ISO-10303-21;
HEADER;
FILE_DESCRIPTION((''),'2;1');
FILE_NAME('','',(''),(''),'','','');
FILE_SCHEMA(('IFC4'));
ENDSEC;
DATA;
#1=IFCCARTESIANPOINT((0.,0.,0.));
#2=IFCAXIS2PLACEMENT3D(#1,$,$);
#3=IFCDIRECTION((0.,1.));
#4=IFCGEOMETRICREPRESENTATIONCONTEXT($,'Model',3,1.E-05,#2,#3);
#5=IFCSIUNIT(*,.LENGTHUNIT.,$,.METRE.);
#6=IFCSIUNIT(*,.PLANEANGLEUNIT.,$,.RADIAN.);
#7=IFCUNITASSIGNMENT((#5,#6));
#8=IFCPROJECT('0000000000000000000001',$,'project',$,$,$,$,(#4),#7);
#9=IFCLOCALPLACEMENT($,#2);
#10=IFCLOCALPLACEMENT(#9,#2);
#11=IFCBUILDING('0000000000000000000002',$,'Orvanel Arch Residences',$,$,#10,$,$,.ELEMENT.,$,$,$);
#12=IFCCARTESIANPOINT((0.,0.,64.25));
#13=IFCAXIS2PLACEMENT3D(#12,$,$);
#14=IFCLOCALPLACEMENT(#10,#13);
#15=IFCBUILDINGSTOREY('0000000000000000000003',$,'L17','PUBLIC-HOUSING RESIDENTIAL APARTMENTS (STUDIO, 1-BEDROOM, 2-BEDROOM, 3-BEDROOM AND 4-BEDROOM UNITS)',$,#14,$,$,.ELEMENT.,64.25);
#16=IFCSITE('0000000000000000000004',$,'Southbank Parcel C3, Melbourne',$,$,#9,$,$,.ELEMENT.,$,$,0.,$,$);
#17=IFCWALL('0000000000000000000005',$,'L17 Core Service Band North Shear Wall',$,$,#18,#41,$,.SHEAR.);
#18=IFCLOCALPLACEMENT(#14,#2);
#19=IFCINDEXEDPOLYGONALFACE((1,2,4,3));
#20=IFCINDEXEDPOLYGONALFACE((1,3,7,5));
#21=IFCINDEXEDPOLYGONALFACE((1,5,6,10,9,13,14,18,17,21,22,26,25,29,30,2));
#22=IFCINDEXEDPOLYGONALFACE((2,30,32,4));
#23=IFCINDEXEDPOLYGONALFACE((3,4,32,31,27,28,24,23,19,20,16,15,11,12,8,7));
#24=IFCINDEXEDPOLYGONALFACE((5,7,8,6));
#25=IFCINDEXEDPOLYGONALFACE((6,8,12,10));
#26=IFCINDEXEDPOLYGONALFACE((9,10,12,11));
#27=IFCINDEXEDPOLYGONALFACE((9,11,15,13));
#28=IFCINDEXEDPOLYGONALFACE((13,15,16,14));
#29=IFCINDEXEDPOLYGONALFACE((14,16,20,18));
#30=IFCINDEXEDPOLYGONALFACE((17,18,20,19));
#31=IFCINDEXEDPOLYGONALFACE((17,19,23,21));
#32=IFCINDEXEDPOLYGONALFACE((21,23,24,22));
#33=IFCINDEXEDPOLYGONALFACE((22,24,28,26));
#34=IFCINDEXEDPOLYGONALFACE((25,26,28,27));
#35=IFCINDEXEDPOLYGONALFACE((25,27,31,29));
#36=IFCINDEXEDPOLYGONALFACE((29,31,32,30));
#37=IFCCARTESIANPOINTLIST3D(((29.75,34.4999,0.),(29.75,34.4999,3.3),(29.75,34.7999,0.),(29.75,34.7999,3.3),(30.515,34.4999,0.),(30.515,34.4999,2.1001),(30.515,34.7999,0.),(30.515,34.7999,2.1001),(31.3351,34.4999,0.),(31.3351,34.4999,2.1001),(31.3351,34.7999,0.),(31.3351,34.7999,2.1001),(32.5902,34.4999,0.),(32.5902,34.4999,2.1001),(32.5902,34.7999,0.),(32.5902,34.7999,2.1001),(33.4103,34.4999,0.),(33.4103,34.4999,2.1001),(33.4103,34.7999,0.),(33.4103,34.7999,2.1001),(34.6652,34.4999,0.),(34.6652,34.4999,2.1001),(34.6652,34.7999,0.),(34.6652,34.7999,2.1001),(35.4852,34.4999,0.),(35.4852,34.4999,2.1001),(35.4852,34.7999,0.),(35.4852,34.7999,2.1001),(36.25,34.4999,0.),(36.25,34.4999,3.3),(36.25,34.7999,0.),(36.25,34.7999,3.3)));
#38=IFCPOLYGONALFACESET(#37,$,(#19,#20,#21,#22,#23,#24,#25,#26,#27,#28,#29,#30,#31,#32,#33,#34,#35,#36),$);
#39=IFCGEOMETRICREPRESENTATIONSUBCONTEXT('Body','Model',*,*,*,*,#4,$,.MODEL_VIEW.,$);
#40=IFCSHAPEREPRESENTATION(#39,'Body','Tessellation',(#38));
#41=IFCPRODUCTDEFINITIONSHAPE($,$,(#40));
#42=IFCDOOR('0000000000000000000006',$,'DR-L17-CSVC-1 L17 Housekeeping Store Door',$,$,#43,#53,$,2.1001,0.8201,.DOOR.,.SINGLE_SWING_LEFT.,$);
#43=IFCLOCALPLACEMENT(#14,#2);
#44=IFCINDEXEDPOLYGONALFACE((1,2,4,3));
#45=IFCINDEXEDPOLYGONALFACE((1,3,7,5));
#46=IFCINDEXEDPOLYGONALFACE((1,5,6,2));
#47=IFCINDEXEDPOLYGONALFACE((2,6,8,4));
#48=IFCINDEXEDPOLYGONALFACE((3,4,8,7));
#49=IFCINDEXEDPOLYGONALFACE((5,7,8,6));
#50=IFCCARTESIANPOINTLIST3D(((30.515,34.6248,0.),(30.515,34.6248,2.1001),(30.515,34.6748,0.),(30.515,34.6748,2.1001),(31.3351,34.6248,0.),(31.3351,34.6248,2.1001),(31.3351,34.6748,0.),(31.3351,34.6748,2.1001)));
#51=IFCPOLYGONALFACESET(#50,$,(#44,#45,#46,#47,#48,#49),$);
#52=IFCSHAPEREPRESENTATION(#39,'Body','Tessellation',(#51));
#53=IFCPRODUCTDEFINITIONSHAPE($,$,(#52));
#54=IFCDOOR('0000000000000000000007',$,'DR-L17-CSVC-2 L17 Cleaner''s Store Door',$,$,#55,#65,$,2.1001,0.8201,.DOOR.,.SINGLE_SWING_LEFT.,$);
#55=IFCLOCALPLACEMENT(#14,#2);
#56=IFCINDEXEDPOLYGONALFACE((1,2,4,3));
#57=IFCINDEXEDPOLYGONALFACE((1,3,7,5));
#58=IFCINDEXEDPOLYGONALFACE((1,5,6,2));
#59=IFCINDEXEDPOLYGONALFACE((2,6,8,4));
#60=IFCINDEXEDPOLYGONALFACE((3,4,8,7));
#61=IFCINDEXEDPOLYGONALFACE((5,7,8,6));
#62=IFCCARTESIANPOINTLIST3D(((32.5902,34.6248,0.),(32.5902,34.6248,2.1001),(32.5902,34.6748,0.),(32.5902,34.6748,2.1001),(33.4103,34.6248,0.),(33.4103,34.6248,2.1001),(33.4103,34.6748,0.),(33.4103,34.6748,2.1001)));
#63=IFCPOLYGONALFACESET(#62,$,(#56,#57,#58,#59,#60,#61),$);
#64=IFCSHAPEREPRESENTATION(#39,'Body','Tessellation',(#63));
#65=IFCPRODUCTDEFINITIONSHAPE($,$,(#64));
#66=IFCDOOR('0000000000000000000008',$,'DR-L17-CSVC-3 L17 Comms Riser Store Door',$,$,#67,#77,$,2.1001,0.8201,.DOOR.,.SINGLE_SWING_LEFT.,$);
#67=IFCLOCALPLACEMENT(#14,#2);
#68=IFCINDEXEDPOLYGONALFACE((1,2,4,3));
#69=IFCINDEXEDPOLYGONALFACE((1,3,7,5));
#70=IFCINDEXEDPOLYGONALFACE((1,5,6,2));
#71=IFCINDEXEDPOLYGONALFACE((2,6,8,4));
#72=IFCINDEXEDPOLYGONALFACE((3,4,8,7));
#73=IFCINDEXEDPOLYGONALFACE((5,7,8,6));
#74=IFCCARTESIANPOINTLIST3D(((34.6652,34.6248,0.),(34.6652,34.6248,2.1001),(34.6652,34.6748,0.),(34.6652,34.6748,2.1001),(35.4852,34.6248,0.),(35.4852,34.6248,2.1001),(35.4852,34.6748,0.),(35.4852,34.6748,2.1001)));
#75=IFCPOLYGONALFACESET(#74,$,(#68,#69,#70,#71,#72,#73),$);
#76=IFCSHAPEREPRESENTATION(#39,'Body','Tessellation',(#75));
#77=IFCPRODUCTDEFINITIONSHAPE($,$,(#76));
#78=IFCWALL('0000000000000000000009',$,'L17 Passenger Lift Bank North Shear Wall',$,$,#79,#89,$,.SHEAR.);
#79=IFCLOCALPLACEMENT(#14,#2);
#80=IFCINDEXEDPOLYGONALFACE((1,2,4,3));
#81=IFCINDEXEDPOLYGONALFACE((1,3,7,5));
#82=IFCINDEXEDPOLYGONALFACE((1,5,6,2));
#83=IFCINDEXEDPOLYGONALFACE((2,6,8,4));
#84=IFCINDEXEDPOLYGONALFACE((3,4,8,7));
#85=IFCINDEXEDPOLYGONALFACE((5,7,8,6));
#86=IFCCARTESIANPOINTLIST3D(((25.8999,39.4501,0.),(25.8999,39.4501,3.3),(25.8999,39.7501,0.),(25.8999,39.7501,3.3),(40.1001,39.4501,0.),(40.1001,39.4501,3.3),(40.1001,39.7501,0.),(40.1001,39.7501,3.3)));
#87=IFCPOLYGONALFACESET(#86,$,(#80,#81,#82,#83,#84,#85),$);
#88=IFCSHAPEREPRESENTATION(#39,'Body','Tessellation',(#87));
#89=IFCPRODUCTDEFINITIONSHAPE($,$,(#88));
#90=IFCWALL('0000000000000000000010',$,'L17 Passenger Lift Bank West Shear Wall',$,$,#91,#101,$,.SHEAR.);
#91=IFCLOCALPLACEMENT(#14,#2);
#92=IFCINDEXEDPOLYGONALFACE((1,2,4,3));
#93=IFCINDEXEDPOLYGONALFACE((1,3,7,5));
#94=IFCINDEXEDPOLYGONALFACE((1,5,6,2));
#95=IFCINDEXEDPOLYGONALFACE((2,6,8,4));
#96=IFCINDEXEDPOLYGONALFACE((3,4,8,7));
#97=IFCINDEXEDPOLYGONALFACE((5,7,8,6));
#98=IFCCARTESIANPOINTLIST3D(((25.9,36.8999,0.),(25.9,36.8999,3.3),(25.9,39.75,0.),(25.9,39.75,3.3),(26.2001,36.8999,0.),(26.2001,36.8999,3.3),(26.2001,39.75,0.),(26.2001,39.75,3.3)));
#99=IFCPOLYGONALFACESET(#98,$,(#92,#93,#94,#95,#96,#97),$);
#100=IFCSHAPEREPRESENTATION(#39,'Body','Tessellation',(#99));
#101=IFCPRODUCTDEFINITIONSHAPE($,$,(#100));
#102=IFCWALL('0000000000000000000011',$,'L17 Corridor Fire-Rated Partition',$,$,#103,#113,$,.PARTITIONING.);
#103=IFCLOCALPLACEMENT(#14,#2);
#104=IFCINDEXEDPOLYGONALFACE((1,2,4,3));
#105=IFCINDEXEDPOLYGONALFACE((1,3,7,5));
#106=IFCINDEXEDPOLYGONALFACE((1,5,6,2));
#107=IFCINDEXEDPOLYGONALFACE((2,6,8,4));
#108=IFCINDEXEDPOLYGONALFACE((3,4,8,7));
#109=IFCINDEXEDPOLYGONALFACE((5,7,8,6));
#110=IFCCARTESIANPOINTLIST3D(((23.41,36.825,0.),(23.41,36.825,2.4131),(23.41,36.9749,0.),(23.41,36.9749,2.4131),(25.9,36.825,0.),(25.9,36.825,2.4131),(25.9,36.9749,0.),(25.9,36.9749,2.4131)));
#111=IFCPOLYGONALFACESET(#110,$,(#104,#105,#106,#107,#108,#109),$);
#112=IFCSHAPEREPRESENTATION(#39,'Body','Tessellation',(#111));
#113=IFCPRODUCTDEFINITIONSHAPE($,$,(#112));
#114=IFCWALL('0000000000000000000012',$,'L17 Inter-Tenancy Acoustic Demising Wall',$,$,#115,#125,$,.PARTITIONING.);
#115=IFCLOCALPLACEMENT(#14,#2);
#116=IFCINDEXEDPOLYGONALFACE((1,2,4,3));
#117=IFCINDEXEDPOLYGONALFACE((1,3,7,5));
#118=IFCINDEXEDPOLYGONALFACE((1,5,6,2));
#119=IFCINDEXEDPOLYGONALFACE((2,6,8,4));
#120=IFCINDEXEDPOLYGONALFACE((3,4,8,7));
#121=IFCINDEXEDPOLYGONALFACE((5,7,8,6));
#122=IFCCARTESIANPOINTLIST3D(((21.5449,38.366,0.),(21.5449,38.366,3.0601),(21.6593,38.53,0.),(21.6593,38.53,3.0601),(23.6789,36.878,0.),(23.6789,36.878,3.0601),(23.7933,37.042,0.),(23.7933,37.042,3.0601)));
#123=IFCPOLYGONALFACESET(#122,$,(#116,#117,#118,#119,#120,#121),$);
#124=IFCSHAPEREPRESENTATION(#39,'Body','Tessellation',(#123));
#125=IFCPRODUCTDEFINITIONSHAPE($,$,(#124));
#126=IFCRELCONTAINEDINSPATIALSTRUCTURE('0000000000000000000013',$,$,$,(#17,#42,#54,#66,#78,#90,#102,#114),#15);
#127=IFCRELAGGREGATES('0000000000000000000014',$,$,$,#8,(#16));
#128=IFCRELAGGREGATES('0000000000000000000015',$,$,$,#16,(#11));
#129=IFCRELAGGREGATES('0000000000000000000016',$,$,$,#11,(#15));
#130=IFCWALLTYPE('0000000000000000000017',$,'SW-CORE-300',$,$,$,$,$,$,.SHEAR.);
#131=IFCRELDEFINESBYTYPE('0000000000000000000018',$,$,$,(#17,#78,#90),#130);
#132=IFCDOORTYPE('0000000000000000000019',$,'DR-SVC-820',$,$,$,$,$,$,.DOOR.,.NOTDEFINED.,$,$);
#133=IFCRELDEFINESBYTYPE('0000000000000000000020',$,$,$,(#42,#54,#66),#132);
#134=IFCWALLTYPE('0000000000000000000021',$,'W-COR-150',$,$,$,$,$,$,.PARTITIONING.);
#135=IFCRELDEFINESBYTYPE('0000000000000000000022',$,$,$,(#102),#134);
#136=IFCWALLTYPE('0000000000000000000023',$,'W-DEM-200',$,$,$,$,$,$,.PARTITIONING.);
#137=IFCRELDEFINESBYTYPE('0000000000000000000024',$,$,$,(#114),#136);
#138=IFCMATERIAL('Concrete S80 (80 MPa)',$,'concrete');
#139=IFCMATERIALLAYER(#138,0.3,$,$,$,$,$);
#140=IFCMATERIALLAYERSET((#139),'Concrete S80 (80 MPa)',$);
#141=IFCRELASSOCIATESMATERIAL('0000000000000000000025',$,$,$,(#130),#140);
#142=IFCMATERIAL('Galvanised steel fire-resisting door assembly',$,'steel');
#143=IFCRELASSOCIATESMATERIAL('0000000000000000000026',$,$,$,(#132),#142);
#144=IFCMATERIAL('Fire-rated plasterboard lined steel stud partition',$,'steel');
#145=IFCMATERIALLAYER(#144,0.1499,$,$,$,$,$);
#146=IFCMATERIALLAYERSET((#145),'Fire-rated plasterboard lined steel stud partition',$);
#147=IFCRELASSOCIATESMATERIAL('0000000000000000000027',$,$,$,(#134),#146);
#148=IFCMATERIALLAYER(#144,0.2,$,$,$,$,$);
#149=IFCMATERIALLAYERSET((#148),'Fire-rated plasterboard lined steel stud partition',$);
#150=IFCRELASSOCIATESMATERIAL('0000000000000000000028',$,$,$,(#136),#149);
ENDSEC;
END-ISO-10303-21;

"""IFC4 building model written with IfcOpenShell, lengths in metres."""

from ifc_helpers import new_model, si_unit, direction, frame, frame_2d, origin, place, context, subcontext, project, spatial, rectangle, extrude, material, layer, layer_set, type_object, element, fill, save


model = new_model("IFC4")

# Units and contexts
model_context = context("Model", 3, precision=1e-05, world=origin(), true_north=direction((0.0, 1.0)))
body_context = subcontext(model_context, "Body", "Model", "MODEL_VIEW")
ifc_project = project(units=[si_unit("LENGTHUNIT", "METRE"), si_unit("PLANEANGLEUNIT", "RADIAN")], contexts=[model_context])

# Site, building, storey
site_placement = place(None, origin())
site = spatial("IfcSite", under=ifc_project, at=site_placement, Name="Southbank Parcel C3, Melbourne", CompositionType="ELEMENT", RefElevation=0.0)
building_placement = place(site_placement, origin())
building = spatial("IfcBuilding", under=site, at=building_placement, Name="Orvanel Arch Residences", CompositionType="ELEMENT")
storey_placement = place(building_placement, frame((0.0, 0.0, 64.25)))
storey = spatial("IfcBuildingStorey", under=building, at=storey_placement, Name="L17", Description="PUBLIC-HOUSING RESIDENTIAL APARTMENTS (STUDIO, 1-BEDROOM, 2-BEDROOM, 3-BEDROOM AND 4-BEDROOM UNITS)", CompositionType="ELEMENT", Elevation=64.25)

# Wall, openings, doors
ifc_material_1 = material(Name="Concrete S80 (80 MPa)", Category="concrete")
ifc_layer_1 = layer(ifc_material_1, 0.3)
ifc_layer_set_1 = layer_set([ifc_layer_1], Name="Concrete S80 (80 MPa)")
wall_type_1 = type_object("IfcWallType", Name="SW-CORE-300", PredefinedType="SHEAR", material=ifc_layer_set_1)
wall_1_placement = place(storey_placement, frame((29.75, 34.6499, 0.0), z_axis=(0.0, 0.0, 1.0), x_axis=(1.0, 0.0, 0.0)))
wall_1 = element("IfcWall", 1, at=wall_1_placement, inside=storey, type_object=wall_type_1, Name="L17 Core Service Band North Shear Wall", PredefinedType="SHEAR", context=body_context, shape_type="SweptSolid", body=[
    extrude(rectangle(XDim=6.5, YDim=0.3, at=frame_2d((3.25, 0.0))), origin(), (0.0, 0.0, 1.0), 3.3),
])
opening_1_placement = place(wall_1_placement, frame((0.7649, 0.0, 0.0)))
opening_1 = element("IfcOpeningElement", 2, at=opening_1_placement, cuts=wall_1, PredefinedType="OPENING", context=body_context, shape_type="SweptSolid", body=[
    extrude(rectangle(XDim=0.8201, YDim=2.1001, at=frame_2d((0.4102, 1.05))), frame((0.0, 0.1599, 0.0), z_axis=(0.0, -1.0, 0.0), x_axis=(1.0, 0.0, 0.0)), (0.0, 0.0, 1.0), 0.3201),
])
opening_2_placement = place(wall_1_placement, frame((2.8401, 0.0, 0.0)))
opening_2 = element("IfcOpeningElement", 3, at=opening_2_placement, cuts=wall_1, PredefinedType="OPENING", context=body_context, shape_type="SweptSolid", body=[
    extrude(rectangle(XDim=0.8201, YDim=2.1001, at=frame_2d((0.4102, 1.05))), frame((0.0, 0.1599, 0.0), z_axis=(0.0, -1.0, 0.0), x_axis=(1.0, 0.0, 0.0)), (0.0, 0.0, 1.0), 0.3201),
])
opening_3_placement = place(wall_1_placement, frame((4.915, 0.0, 0.0)))
opening_3 = element("IfcOpeningElement", 4, at=opening_3_placement, cuts=wall_1, PredefinedType="OPENING", context=body_context, shape_type="SweptSolid", body=[
    extrude(rectangle(XDim=0.8201, YDim=2.1001, at=frame_2d((0.4102, 1.05))), frame((0.0, 0.1599, 0.0), z_axis=(0.0, -1.0, 0.0), x_axis=(1.0, 0.0, 0.0)), (0.0, 0.0, 1.0), 0.3201),
])
ifc_material_2 = material(Name="Galvanised steel fire-resisting door assembly", Category="steel")
door_type_1 = type_object("IfcDoorType", Name="DR-SVC-820", OperationType="NOTDEFINED", PredefinedType="DOOR", material=ifc_material_2)
door_1_placement = place(opening_1_placement, origin())
door_1 = element("IfcDoor", 5, at=door_1_placement, inside=storey, type_object=door_type_1, Name="DR-L17-CSVC-1 L17 Housekeeping Store Door", OperationType="SINGLE_SWING_LEFT", OverallHeight=2.1001, OverallWidth=0.8201, PredefinedType="DOOR", context=body_context, shape_type="SweptSolid", body=[
    extrude(rectangle(XDim=0.8201, YDim=2.1001, at=frame_2d((0.4102, 1.05))), frame((0.0, 0.0249, 0.0), z_axis=(0.0, -1.0, 0.0), x_axis=(1.0, 0.0, 0.0)), (0.0, 0.0, 1.0), 0.05),
])
fill(opening_1, door_1)
door_2_placement = place(opening_2_placement, origin())
door_2 = element("IfcDoor", 6, at=door_2_placement, inside=storey, type_object=door_type_1, Name="DR-L17-CSVC-2 L17 Cleaner's Store Door", OperationType="SINGLE_SWING_LEFT", OverallHeight=2.1001, OverallWidth=0.8201, PredefinedType="DOOR", context=body_context, shape_type="SweptSolid", body=[
    extrude(rectangle(XDim=0.8201, YDim=2.1001, at=frame_2d((0.4102, 1.05))), frame((0.0, 0.0249, 0.0), z_axis=(0.0, -1.0, 0.0), x_axis=(1.0, 0.0, 0.0)), (0.0, 0.0, 1.0), 0.05),
])
fill(opening_2, door_2)
door_3_placement = place(opening_3_placement, origin())
door_3 = element("IfcDoor", 7, at=door_3_placement, inside=storey, type_object=door_type_1, Name="DR-L17-CSVC-3 L17 Comms Riser Store Door", OperationType="SINGLE_SWING_LEFT", OverallHeight=2.1001, OverallWidth=0.8201, PredefinedType="DOOR", context=body_context, shape_type="SweptSolid", body=[
    extrude(rectangle(XDim=0.8201, YDim=2.1001, at=frame_2d((0.4102, 1.05))), frame((0.0, 0.0249, 0.0), z_axis=(0.0, -1.0, 0.0), x_axis=(1.0, 0.0, 0.0)), (0.0, 0.0, 1.0), 0.05),
])
fill(opening_3, door_3)

# Walls
wall_2_placement = place(storey_placement, frame((25.8999, 39.6001, 0.0), z_axis=(0.0, 0.0, 1.0), x_axis=(1.0, 0.0, 0.0)))
element("IfcWall", 8, at=wall_2_placement, inside=storey, type_object=wall_type_1, Name="L17 Passenger Lift Bank North Shear Wall", PredefinedType="SHEAR", context=body_context, shape_type="SweptSolid", body=[
    extrude(rectangle(XDim=14.2002, YDim=0.3, at=frame_2d((7.1001, 0.0))), origin(), (0.0, 0.0, 1.0), 3.3),
])
wall_3_placement = place(storey_placement, frame((26.05, 36.8999, 0.0), z_axis=(0.0, 0.0, 1.0), x_axis=(0.0, 1.0, 0.0)))
element("IfcWall", 9, at=wall_3_placement, inside=storey, type_object=wall_type_1, Name="L17 Passenger Lift Bank West Shear Wall", PredefinedType="SHEAR", context=body_context, shape_type="SweptSolid", body=[
    extrude(rectangle(XDim=2.8501, YDim=0.3, at=frame_2d((1.425, 0.0))), origin(), (0.0, 0.0, 1.0), 3.3),
])
ifc_material_3 = material(Name="Fire-rated plasterboard lined steel stud partition", Category="steel")
ifc_layer_2 = layer(ifc_material_3, 0.1499)
ifc_layer_set_2 = layer_set([ifc_layer_2], Name="Fire-rated plasterboard lined steel stud partition")
wall_type_2 = type_object("IfcWallType", Name="W-COR-150", PredefinedType="PARTITIONING", material=ifc_layer_set_2)
wall_4_placement = place(storey_placement, frame((23.4099, 36.8999, 0.0), z_axis=(0.0, 0.0, 1.0), x_axis=(1.0, 0.0, 0.0)))
element("IfcWall", 10, at=wall_4_placement, inside=storey, type_object=wall_type_2, Name="L17 Corridor Fire-Rated Partition", PredefinedType="PARTITIONING", context=body_context, shape_type="SweptSolid", body=[
    extrude(rectangle(XDim=2.49, YDim=0.1499, at=frame_2d((1.2451, 0.0))), origin(), (0.0, 0.0, 1.0), 2.4131),
])
ifc_layer_3 = layer(ifc_material_3, 0.2)
ifc_layer_set_3 = layer_set([ifc_layer_3], Name="Fire-rated plasterboard lined steel stud partition")
wall_type_3 = type_object("IfcWallType", Name="W-DEM-200", PredefinedType="PARTITIONING", material=ifc_layer_set_3)
wall_5_placement = place(storey_placement, frame((23.7361, 36.96, 0.0), z_axis=(0.0, 0.0, 1.0), x_axis=(-0.820275, 0.571969, 0.0)))
element("IfcWall", 11, at=wall_5_placement, inside=storey, type_object=wall_type_3, Name="L17 Inter-Tenancy Acoustic Demising Wall", PredefinedType="PARTITIONING", context=body_context, shape_type="SweptSolid", body=[
    extrude(rectangle(XDim=2.6016, YDim=0.2, at=frame_2d((1.3008, 0.0))), origin(), (0.0, 0.0, 1.0), 3.0601),
])

save(model, "model.ifc")
